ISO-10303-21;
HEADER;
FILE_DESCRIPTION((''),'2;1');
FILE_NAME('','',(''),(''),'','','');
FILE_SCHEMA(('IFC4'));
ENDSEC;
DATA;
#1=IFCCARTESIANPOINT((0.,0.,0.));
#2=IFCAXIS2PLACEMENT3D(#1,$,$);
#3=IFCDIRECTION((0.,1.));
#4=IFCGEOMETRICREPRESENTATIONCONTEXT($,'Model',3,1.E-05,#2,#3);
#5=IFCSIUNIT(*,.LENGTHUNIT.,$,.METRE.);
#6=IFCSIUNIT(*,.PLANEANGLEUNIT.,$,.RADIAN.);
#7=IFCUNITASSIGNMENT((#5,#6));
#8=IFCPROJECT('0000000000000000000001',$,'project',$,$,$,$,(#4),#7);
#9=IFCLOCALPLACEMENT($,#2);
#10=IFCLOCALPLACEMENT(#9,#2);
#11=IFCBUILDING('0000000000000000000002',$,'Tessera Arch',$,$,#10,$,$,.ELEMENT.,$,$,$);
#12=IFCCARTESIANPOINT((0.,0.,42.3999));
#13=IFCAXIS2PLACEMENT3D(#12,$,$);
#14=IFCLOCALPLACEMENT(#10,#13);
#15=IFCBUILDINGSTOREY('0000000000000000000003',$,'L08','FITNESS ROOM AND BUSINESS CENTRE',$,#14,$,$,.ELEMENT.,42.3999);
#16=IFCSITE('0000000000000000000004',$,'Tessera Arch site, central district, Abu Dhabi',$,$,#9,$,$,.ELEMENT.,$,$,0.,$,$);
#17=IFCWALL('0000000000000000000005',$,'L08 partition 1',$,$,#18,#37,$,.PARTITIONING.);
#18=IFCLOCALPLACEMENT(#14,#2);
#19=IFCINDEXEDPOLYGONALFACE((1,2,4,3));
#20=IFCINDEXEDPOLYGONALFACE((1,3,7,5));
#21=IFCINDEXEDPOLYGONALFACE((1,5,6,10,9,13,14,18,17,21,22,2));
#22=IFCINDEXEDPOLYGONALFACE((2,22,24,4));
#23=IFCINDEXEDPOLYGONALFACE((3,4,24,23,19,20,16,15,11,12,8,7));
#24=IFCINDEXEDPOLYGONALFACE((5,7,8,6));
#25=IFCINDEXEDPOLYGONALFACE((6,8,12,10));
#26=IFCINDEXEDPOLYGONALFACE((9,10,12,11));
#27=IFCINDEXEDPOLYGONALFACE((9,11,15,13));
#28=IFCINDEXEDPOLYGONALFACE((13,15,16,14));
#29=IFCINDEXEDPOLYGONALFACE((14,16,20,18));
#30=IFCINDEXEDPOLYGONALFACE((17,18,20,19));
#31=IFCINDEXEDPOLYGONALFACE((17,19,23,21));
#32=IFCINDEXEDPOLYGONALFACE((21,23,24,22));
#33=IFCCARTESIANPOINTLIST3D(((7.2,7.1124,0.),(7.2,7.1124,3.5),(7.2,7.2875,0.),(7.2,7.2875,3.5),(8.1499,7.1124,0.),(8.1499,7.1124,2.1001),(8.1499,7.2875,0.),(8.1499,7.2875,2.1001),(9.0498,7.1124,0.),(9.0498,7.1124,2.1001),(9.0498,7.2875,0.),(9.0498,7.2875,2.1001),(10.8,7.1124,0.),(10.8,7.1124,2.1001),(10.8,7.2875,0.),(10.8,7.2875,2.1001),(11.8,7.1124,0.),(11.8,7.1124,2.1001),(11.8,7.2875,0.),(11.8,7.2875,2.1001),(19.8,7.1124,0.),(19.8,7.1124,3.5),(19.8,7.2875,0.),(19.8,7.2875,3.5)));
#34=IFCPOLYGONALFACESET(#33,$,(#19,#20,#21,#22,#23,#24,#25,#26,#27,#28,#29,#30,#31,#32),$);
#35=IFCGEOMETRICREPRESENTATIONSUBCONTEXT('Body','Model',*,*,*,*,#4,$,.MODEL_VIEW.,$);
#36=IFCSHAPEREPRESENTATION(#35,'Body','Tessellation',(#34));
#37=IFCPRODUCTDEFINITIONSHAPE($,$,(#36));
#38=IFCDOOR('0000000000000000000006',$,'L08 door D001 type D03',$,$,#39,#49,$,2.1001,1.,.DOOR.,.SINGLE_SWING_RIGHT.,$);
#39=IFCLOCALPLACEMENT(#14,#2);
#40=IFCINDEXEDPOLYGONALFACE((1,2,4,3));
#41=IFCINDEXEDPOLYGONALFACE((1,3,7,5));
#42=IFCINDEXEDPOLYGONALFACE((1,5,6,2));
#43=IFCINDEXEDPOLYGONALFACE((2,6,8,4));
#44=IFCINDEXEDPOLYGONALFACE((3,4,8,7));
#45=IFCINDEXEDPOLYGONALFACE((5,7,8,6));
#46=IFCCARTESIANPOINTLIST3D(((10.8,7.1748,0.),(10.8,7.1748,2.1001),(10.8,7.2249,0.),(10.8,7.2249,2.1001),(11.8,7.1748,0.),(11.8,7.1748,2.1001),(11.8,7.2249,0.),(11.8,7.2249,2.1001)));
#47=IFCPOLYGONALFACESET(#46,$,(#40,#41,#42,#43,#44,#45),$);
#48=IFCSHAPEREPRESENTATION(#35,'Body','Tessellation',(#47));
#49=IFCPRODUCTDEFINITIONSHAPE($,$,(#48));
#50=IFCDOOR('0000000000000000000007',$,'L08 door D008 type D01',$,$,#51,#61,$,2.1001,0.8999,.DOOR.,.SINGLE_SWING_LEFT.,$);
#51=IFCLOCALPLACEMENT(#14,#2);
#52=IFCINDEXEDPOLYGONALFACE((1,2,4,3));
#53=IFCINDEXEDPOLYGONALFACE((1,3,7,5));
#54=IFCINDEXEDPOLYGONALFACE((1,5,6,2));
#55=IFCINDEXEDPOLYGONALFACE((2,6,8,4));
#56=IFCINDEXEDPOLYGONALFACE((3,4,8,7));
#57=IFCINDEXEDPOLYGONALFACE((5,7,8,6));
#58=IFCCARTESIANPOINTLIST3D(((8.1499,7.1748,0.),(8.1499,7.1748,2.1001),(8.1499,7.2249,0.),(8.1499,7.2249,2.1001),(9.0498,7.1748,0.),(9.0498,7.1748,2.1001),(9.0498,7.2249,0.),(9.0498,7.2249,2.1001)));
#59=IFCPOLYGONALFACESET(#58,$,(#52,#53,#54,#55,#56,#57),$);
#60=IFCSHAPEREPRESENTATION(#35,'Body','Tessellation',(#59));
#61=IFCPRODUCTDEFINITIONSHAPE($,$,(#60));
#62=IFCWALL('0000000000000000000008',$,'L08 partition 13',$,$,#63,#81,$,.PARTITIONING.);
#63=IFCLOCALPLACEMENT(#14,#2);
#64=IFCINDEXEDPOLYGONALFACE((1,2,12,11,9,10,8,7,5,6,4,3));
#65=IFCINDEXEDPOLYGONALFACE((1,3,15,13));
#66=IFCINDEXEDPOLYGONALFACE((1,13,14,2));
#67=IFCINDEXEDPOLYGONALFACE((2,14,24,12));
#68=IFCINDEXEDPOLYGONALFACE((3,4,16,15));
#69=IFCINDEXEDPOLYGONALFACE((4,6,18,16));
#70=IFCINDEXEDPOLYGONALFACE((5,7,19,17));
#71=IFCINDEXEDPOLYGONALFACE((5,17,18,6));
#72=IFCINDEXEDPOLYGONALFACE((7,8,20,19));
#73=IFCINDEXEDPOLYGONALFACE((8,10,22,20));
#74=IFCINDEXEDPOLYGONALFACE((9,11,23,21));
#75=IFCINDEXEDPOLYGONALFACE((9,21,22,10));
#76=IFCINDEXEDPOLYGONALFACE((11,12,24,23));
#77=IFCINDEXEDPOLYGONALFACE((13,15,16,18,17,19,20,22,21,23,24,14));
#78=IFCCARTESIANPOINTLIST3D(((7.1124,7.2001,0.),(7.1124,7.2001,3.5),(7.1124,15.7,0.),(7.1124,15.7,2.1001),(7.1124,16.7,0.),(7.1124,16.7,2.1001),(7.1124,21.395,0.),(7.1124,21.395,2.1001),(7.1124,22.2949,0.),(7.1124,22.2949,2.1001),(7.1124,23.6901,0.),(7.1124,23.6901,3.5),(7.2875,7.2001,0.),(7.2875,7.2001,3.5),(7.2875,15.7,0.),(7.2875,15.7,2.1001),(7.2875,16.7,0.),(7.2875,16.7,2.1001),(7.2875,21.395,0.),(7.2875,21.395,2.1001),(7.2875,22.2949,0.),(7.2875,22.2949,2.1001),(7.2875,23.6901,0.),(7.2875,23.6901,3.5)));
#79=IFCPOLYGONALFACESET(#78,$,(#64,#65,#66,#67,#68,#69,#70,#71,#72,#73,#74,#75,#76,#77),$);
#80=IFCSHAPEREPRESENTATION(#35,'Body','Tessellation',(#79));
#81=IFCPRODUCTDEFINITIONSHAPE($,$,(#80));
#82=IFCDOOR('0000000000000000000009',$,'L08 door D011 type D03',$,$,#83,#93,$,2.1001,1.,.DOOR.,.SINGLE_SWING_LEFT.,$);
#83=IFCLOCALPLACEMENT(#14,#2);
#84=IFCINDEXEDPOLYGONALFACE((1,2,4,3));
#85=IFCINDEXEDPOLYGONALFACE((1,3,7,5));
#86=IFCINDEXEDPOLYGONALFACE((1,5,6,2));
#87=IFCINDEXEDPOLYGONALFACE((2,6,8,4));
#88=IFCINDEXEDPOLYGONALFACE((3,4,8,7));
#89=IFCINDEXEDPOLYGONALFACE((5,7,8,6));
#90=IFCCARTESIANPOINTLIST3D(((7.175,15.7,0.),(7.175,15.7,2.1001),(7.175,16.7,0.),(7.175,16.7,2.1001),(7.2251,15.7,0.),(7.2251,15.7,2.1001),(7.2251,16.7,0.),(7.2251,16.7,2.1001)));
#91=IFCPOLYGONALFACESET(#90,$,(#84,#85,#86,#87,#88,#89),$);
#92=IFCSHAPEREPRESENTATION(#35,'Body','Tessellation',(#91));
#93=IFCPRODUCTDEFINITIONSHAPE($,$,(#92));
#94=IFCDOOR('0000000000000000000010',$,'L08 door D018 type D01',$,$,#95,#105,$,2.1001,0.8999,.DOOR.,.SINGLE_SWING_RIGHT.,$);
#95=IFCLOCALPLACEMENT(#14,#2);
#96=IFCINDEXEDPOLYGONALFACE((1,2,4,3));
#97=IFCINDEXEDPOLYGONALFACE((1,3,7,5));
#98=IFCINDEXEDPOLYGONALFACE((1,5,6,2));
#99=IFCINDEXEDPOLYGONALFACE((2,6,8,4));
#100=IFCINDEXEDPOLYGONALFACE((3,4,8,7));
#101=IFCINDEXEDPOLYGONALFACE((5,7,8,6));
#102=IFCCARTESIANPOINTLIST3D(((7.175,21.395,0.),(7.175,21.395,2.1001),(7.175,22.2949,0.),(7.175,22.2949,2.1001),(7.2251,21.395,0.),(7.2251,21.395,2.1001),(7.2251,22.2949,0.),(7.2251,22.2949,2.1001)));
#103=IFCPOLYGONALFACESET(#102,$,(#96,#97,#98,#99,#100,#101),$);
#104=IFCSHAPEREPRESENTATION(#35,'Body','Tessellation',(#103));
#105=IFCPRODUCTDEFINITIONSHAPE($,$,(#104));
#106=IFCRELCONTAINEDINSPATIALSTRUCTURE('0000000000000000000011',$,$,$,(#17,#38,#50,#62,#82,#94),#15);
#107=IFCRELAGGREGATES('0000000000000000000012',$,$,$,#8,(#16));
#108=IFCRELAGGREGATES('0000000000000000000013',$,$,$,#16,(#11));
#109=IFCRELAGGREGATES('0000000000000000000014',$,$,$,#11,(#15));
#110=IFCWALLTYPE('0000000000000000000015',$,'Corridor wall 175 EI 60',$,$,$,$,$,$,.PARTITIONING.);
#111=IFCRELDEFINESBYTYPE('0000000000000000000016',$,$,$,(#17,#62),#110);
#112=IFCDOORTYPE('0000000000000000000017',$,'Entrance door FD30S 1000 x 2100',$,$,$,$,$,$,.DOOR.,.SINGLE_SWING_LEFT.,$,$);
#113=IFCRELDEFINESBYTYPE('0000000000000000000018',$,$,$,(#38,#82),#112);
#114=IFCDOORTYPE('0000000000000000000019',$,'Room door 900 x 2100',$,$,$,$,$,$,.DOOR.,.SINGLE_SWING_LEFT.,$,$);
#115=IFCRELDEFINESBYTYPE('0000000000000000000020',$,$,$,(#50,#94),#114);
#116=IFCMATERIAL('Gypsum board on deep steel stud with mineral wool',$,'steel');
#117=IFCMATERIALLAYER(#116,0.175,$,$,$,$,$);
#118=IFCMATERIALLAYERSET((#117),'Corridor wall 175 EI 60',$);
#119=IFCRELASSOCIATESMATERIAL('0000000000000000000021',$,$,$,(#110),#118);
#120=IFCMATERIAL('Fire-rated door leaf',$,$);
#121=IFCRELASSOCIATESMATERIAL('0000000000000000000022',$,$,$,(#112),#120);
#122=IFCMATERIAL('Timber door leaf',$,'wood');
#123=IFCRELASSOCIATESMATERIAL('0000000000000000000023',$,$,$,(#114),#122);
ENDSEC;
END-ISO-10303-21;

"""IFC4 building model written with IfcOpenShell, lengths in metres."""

from ifc_helpers import new_model, si_unit, direction, frame, frame_2d, origin, place, context, subcontext, project, spatial, rectangle, extrude, material, layer, layer_set, type_object, element, fill, save


model = new_model("IFC4")

# Units and contexts
model_context = context("Model", 3, precision=1e-05, world=origin(), true_north=direction((0.0, 1.0)))
body_context = subcontext(model_context, "Body", "Model", "MODEL_VIEW")
ifc_project = project(units=[si_unit("LENGTHUNIT", "METRE"), si_unit("PLANEANGLEUNIT", "RADIAN")], contexts=[model_context])

# Site, building, storey
site_placement = place(None, origin())
site = spatial("IfcSite", under=ifc_project, at=site_placement, Name="Tessera Arch site, central district, Abu Dhabi", CompositionType="ELEMENT", RefElevation=0.0)
building_placement = place(site_placement, origin())
building = spatial("IfcBuilding", under=site, at=building_placement, Name="Tessera Arch", CompositionType="ELEMENT")
storey_placement = place(building_placement, frame((0.0, 0.0, 42.3999)))
storey = spatial("IfcBuildingStorey", under=building, at=storey_placement, Name="L08", Description="FITNESS ROOM AND BUSINESS CENTRE", CompositionType="ELEMENT", Elevation=42.3999)

# Walls, openings, doors
ifc_material_1 = material(Name="Gypsum board on deep steel stud with mineral wool", Category="steel")
ifc_layer_1 = layer(ifc_material_1, 0.175)
ifc_layer_set_1 = layer_set([ifc_layer_1], Name="Corridor wall 175 EI 60")
wall_type_1 = type_object("IfcWallType", Name="Corridor wall 175 EI 60", PredefinedType="PARTITIONING", material=ifc_layer_set_1)
wall_1_placement = place(storey_placement, frame((7.2, 7.2, 0.0), z_axis=(0.0, 0.0, 1.0), x_axis=(1.0, 0.0, 0.0)))
wall_1 = element("IfcWall", 1, at=wall_1_placement, inside=storey, type_object=wall_type_1, Name="L08 partition 1", PredefinedType="PARTITIONING", context=body_context, shape_type="SweptSolid", body=[
    extrude(rectangle(XDim=12.6001, YDim=0.175, at=frame_2d((6.3, 0.0))), origin(), (0.0, 0.0, 1.0), 3.5),
])
opening_1_placement = place(wall_1_placement, frame((3.6001, 0.0, 0.0)))
opening_1 = element("IfcOpeningElement", 2, at=opening_1_placement, cuts=wall_1, PredefinedType="OPENING", context=body_context, shape_type="SweptSolid", body=[
    extrude(rectangle(XDim=1.0, YDim=2.1001, at=frame_2d((0.5, 1.05))), frame((0.0, 0.0974, 0.0), z_axis=(0.0, -1.0, 0.0), x_axis=(1.0, 0.0, 0.0)), (0.0, 0.0, 1.0), 0.1951),
])
opening_2_placement = place(wall_1_placement, frame((0.95, 0.0, 0.0)))
opening_2 = element("IfcOpeningElement", 3, at=opening_2_placement, cuts=wall_1, PredefinedType="OPENING", context=body_context, shape_type="SweptSolid", body=[
    extrude(rectangle(XDim=0.8999, YDim=2.1001, at=frame_2d((0.45, 1.05))), frame((0.0, 0.0974, 0.0), z_axis=(0.0, -1.0, 0.0), x_axis=(1.0, 0.0, 0.0)), (0.0, 0.0, 1.0), 0.1951),
])
ifc_material_2 = material(Name="Fire-rated door leaf")
door_type_1 = type_object("IfcDoorType", Name="Entrance door FD30S 1000 x 2100", OperationType="SINGLE_SWING_LEFT", PredefinedType="DOOR", material=ifc_material_2)
door_1_placement = place(opening_1_placement, origin())
door_1 = element("IfcDoor", 4, at=door_1_placement, inside=storey, type_object=door_type_1, Name="L08 door D001 type D03", OperationType="SINGLE_SWING_RIGHT", OverallHeight=2.1001, OverallWidth=1.0, PredefinedType="DOOR", context=body_context, shape_type="SweptSolid", body=[
    extrude(rectangle(XDim=1.0, YDim=2.1001, at=frame_2d((0.5, 1.05))), frame((0.0, 0.0249, 0.0), z_axis=(0.0, -1.0, 0.0), x_axis=(1.0, 0.0, 0.0)), (0.0, 0.0, 1.0), 0.05),
])
fill(opening_1, door_1)
ifc_material_3 = material(Name="Timber door leaf", Category="wood")
door_type_2 = type_object("IfcDoorType", Name="Room door 900 x 2100", OperationType="SINGLE_SWING_LEFT", PredefinedType="DOOR", material=ifc_material_3)
door_2_placement = place(opening_2_placement, origin())
door_2 = element("IfcDoor", 5, at=door_2_placement, inside=storey, type_object=door_type_2, Name="L08 door D008 type D01", OperationType="SINGLE_SWING_LEFT", OverallHeight=2.1001, OverallWidth=0.8999, PredefinedType="DOOR", context=body_context, shape_type="SweptSolid", body=[
    extrude(rectangle(XDim=0.8999, YDim=2.1001, at=frame_2d((0.45, 1.05))), frame((0.0, 0.0249, 0.0), z_axis=(0.0, -1.0, 0.0), x_axis=(1.0, 0.0, 0.0)), (0.0, 0.0, 1.0), 0.05),
])
fill(opening_2, door_2)
wall_2_placement = place(storey_placement, frame((7.2, 7.2, 0.0), z_axis=(0.0, 0.0, 1.0), x_axis=(0.0, 1.0, 0.0)))
wall_2 = element("IfcWall", 6, at=wall_2_placement, inside=storey, type_object=wall_type_1, Name="L08 partition 13", PredefinedType="PARTITIONING", context=body_context, shape_type="SweptSolid", body=[
    extrude(rectangle(XDim=16.49, YDim=0.175, at=frame_2d((8.2451, 0.0))), origin(), (0.0, 0.0, 1.0), 3.5),
])
opening_3_placement = place(wall_2_placement, frame((8.5, 0.0, 0.0)))
opening_3 = element("IfcOpeningElement", 7, at=opening_3_placement, cuts=wall_2, PredefinedType="OPENING", context=body_context, shape_type="SweptSolid", body=[
    extrude(rectangle(XDim=1.0, YDim=2.1001, at=frame_2d((0.5, 1.05))), frame((0.0, 0.0974, 0.0), z_axis=(0.0, -1.0, 0.0), x_axis=(1.0, 0.0, 0.0)), (0.0, 0.0, 1.0), 0.1951),
])
opening_4_placement = place(wall_2_placement, frame((14.1951, 0.0, 0.0)))
opening_4 = element("IfcOpeningElement", 8, at=opening_4_placement, cuts=wall_2, PredefinedType="OPENING", context=body_context, shape_type="SweptSolid", body=[
    extrude(rectangle(XDim=0.8999, YDim=2.1001, at=frame_2d((0.45, 1.05))), frame((0.0, 0.0974, 0.0), z_axis=(0.0, -1.0, 0.0), x_axis=(1.0, 0.0, 0.0)), (0.0, 0.0, 1.0), 0.1951),
])
door_3_placement = place(opening_3_placement, origin())
door_3 = element("IfcDoor", 9, at=door_3_placement, inside=storey, type_object=door_type_1, Name="L08 door D011 type D03", OperationType="SINGLE_SWING_LEFT", OverallHeight=2.1001, OverallWidth=1.0, PredefinedType="DOOR", context=body_context, shape_type="SweptSolid", body=[
    extrude(rectangle(XDim=1.0, YDim=2.1001, at=frame_2d((0.5, 1.05))), frame((0.0, 0.0249, 0.0), z_axis=(0.0, -1.0, 0.0), x_axis=(1.0, 0.0, 0.0)), (0.0, 0.0, 1.0), 0.05),
])
fill(opening_3, door_3)
door_4_placement = place(opening_4_placement, origin())
door_4 = element("IfcDoor", 10, at=door_4_placement, inside=storey, type_object=door_type_2, Name="L08 door D018 type D01", OperationType="SINGLE_SWING_RIGHT", OverallHeight=2.1001, OverallWidth=0.8999, PredefinedType="DOOR", context=body_context, shape_type="SweptSolid", body=[
    extrude(rectangle(XDim=0.8999, YDim=2.1001, at=frame_2d((0.45, 1.05))), frame((0.0, 0.0249, 0.0), z_axis=(0.0, -1.0, 0.0), x_axis=(1.0, 0.0, 0.0)), (0.0, 0.0, 1.0), 0.05),
])
fill(opening_4, door_4)

save(model, "model.ifc")
